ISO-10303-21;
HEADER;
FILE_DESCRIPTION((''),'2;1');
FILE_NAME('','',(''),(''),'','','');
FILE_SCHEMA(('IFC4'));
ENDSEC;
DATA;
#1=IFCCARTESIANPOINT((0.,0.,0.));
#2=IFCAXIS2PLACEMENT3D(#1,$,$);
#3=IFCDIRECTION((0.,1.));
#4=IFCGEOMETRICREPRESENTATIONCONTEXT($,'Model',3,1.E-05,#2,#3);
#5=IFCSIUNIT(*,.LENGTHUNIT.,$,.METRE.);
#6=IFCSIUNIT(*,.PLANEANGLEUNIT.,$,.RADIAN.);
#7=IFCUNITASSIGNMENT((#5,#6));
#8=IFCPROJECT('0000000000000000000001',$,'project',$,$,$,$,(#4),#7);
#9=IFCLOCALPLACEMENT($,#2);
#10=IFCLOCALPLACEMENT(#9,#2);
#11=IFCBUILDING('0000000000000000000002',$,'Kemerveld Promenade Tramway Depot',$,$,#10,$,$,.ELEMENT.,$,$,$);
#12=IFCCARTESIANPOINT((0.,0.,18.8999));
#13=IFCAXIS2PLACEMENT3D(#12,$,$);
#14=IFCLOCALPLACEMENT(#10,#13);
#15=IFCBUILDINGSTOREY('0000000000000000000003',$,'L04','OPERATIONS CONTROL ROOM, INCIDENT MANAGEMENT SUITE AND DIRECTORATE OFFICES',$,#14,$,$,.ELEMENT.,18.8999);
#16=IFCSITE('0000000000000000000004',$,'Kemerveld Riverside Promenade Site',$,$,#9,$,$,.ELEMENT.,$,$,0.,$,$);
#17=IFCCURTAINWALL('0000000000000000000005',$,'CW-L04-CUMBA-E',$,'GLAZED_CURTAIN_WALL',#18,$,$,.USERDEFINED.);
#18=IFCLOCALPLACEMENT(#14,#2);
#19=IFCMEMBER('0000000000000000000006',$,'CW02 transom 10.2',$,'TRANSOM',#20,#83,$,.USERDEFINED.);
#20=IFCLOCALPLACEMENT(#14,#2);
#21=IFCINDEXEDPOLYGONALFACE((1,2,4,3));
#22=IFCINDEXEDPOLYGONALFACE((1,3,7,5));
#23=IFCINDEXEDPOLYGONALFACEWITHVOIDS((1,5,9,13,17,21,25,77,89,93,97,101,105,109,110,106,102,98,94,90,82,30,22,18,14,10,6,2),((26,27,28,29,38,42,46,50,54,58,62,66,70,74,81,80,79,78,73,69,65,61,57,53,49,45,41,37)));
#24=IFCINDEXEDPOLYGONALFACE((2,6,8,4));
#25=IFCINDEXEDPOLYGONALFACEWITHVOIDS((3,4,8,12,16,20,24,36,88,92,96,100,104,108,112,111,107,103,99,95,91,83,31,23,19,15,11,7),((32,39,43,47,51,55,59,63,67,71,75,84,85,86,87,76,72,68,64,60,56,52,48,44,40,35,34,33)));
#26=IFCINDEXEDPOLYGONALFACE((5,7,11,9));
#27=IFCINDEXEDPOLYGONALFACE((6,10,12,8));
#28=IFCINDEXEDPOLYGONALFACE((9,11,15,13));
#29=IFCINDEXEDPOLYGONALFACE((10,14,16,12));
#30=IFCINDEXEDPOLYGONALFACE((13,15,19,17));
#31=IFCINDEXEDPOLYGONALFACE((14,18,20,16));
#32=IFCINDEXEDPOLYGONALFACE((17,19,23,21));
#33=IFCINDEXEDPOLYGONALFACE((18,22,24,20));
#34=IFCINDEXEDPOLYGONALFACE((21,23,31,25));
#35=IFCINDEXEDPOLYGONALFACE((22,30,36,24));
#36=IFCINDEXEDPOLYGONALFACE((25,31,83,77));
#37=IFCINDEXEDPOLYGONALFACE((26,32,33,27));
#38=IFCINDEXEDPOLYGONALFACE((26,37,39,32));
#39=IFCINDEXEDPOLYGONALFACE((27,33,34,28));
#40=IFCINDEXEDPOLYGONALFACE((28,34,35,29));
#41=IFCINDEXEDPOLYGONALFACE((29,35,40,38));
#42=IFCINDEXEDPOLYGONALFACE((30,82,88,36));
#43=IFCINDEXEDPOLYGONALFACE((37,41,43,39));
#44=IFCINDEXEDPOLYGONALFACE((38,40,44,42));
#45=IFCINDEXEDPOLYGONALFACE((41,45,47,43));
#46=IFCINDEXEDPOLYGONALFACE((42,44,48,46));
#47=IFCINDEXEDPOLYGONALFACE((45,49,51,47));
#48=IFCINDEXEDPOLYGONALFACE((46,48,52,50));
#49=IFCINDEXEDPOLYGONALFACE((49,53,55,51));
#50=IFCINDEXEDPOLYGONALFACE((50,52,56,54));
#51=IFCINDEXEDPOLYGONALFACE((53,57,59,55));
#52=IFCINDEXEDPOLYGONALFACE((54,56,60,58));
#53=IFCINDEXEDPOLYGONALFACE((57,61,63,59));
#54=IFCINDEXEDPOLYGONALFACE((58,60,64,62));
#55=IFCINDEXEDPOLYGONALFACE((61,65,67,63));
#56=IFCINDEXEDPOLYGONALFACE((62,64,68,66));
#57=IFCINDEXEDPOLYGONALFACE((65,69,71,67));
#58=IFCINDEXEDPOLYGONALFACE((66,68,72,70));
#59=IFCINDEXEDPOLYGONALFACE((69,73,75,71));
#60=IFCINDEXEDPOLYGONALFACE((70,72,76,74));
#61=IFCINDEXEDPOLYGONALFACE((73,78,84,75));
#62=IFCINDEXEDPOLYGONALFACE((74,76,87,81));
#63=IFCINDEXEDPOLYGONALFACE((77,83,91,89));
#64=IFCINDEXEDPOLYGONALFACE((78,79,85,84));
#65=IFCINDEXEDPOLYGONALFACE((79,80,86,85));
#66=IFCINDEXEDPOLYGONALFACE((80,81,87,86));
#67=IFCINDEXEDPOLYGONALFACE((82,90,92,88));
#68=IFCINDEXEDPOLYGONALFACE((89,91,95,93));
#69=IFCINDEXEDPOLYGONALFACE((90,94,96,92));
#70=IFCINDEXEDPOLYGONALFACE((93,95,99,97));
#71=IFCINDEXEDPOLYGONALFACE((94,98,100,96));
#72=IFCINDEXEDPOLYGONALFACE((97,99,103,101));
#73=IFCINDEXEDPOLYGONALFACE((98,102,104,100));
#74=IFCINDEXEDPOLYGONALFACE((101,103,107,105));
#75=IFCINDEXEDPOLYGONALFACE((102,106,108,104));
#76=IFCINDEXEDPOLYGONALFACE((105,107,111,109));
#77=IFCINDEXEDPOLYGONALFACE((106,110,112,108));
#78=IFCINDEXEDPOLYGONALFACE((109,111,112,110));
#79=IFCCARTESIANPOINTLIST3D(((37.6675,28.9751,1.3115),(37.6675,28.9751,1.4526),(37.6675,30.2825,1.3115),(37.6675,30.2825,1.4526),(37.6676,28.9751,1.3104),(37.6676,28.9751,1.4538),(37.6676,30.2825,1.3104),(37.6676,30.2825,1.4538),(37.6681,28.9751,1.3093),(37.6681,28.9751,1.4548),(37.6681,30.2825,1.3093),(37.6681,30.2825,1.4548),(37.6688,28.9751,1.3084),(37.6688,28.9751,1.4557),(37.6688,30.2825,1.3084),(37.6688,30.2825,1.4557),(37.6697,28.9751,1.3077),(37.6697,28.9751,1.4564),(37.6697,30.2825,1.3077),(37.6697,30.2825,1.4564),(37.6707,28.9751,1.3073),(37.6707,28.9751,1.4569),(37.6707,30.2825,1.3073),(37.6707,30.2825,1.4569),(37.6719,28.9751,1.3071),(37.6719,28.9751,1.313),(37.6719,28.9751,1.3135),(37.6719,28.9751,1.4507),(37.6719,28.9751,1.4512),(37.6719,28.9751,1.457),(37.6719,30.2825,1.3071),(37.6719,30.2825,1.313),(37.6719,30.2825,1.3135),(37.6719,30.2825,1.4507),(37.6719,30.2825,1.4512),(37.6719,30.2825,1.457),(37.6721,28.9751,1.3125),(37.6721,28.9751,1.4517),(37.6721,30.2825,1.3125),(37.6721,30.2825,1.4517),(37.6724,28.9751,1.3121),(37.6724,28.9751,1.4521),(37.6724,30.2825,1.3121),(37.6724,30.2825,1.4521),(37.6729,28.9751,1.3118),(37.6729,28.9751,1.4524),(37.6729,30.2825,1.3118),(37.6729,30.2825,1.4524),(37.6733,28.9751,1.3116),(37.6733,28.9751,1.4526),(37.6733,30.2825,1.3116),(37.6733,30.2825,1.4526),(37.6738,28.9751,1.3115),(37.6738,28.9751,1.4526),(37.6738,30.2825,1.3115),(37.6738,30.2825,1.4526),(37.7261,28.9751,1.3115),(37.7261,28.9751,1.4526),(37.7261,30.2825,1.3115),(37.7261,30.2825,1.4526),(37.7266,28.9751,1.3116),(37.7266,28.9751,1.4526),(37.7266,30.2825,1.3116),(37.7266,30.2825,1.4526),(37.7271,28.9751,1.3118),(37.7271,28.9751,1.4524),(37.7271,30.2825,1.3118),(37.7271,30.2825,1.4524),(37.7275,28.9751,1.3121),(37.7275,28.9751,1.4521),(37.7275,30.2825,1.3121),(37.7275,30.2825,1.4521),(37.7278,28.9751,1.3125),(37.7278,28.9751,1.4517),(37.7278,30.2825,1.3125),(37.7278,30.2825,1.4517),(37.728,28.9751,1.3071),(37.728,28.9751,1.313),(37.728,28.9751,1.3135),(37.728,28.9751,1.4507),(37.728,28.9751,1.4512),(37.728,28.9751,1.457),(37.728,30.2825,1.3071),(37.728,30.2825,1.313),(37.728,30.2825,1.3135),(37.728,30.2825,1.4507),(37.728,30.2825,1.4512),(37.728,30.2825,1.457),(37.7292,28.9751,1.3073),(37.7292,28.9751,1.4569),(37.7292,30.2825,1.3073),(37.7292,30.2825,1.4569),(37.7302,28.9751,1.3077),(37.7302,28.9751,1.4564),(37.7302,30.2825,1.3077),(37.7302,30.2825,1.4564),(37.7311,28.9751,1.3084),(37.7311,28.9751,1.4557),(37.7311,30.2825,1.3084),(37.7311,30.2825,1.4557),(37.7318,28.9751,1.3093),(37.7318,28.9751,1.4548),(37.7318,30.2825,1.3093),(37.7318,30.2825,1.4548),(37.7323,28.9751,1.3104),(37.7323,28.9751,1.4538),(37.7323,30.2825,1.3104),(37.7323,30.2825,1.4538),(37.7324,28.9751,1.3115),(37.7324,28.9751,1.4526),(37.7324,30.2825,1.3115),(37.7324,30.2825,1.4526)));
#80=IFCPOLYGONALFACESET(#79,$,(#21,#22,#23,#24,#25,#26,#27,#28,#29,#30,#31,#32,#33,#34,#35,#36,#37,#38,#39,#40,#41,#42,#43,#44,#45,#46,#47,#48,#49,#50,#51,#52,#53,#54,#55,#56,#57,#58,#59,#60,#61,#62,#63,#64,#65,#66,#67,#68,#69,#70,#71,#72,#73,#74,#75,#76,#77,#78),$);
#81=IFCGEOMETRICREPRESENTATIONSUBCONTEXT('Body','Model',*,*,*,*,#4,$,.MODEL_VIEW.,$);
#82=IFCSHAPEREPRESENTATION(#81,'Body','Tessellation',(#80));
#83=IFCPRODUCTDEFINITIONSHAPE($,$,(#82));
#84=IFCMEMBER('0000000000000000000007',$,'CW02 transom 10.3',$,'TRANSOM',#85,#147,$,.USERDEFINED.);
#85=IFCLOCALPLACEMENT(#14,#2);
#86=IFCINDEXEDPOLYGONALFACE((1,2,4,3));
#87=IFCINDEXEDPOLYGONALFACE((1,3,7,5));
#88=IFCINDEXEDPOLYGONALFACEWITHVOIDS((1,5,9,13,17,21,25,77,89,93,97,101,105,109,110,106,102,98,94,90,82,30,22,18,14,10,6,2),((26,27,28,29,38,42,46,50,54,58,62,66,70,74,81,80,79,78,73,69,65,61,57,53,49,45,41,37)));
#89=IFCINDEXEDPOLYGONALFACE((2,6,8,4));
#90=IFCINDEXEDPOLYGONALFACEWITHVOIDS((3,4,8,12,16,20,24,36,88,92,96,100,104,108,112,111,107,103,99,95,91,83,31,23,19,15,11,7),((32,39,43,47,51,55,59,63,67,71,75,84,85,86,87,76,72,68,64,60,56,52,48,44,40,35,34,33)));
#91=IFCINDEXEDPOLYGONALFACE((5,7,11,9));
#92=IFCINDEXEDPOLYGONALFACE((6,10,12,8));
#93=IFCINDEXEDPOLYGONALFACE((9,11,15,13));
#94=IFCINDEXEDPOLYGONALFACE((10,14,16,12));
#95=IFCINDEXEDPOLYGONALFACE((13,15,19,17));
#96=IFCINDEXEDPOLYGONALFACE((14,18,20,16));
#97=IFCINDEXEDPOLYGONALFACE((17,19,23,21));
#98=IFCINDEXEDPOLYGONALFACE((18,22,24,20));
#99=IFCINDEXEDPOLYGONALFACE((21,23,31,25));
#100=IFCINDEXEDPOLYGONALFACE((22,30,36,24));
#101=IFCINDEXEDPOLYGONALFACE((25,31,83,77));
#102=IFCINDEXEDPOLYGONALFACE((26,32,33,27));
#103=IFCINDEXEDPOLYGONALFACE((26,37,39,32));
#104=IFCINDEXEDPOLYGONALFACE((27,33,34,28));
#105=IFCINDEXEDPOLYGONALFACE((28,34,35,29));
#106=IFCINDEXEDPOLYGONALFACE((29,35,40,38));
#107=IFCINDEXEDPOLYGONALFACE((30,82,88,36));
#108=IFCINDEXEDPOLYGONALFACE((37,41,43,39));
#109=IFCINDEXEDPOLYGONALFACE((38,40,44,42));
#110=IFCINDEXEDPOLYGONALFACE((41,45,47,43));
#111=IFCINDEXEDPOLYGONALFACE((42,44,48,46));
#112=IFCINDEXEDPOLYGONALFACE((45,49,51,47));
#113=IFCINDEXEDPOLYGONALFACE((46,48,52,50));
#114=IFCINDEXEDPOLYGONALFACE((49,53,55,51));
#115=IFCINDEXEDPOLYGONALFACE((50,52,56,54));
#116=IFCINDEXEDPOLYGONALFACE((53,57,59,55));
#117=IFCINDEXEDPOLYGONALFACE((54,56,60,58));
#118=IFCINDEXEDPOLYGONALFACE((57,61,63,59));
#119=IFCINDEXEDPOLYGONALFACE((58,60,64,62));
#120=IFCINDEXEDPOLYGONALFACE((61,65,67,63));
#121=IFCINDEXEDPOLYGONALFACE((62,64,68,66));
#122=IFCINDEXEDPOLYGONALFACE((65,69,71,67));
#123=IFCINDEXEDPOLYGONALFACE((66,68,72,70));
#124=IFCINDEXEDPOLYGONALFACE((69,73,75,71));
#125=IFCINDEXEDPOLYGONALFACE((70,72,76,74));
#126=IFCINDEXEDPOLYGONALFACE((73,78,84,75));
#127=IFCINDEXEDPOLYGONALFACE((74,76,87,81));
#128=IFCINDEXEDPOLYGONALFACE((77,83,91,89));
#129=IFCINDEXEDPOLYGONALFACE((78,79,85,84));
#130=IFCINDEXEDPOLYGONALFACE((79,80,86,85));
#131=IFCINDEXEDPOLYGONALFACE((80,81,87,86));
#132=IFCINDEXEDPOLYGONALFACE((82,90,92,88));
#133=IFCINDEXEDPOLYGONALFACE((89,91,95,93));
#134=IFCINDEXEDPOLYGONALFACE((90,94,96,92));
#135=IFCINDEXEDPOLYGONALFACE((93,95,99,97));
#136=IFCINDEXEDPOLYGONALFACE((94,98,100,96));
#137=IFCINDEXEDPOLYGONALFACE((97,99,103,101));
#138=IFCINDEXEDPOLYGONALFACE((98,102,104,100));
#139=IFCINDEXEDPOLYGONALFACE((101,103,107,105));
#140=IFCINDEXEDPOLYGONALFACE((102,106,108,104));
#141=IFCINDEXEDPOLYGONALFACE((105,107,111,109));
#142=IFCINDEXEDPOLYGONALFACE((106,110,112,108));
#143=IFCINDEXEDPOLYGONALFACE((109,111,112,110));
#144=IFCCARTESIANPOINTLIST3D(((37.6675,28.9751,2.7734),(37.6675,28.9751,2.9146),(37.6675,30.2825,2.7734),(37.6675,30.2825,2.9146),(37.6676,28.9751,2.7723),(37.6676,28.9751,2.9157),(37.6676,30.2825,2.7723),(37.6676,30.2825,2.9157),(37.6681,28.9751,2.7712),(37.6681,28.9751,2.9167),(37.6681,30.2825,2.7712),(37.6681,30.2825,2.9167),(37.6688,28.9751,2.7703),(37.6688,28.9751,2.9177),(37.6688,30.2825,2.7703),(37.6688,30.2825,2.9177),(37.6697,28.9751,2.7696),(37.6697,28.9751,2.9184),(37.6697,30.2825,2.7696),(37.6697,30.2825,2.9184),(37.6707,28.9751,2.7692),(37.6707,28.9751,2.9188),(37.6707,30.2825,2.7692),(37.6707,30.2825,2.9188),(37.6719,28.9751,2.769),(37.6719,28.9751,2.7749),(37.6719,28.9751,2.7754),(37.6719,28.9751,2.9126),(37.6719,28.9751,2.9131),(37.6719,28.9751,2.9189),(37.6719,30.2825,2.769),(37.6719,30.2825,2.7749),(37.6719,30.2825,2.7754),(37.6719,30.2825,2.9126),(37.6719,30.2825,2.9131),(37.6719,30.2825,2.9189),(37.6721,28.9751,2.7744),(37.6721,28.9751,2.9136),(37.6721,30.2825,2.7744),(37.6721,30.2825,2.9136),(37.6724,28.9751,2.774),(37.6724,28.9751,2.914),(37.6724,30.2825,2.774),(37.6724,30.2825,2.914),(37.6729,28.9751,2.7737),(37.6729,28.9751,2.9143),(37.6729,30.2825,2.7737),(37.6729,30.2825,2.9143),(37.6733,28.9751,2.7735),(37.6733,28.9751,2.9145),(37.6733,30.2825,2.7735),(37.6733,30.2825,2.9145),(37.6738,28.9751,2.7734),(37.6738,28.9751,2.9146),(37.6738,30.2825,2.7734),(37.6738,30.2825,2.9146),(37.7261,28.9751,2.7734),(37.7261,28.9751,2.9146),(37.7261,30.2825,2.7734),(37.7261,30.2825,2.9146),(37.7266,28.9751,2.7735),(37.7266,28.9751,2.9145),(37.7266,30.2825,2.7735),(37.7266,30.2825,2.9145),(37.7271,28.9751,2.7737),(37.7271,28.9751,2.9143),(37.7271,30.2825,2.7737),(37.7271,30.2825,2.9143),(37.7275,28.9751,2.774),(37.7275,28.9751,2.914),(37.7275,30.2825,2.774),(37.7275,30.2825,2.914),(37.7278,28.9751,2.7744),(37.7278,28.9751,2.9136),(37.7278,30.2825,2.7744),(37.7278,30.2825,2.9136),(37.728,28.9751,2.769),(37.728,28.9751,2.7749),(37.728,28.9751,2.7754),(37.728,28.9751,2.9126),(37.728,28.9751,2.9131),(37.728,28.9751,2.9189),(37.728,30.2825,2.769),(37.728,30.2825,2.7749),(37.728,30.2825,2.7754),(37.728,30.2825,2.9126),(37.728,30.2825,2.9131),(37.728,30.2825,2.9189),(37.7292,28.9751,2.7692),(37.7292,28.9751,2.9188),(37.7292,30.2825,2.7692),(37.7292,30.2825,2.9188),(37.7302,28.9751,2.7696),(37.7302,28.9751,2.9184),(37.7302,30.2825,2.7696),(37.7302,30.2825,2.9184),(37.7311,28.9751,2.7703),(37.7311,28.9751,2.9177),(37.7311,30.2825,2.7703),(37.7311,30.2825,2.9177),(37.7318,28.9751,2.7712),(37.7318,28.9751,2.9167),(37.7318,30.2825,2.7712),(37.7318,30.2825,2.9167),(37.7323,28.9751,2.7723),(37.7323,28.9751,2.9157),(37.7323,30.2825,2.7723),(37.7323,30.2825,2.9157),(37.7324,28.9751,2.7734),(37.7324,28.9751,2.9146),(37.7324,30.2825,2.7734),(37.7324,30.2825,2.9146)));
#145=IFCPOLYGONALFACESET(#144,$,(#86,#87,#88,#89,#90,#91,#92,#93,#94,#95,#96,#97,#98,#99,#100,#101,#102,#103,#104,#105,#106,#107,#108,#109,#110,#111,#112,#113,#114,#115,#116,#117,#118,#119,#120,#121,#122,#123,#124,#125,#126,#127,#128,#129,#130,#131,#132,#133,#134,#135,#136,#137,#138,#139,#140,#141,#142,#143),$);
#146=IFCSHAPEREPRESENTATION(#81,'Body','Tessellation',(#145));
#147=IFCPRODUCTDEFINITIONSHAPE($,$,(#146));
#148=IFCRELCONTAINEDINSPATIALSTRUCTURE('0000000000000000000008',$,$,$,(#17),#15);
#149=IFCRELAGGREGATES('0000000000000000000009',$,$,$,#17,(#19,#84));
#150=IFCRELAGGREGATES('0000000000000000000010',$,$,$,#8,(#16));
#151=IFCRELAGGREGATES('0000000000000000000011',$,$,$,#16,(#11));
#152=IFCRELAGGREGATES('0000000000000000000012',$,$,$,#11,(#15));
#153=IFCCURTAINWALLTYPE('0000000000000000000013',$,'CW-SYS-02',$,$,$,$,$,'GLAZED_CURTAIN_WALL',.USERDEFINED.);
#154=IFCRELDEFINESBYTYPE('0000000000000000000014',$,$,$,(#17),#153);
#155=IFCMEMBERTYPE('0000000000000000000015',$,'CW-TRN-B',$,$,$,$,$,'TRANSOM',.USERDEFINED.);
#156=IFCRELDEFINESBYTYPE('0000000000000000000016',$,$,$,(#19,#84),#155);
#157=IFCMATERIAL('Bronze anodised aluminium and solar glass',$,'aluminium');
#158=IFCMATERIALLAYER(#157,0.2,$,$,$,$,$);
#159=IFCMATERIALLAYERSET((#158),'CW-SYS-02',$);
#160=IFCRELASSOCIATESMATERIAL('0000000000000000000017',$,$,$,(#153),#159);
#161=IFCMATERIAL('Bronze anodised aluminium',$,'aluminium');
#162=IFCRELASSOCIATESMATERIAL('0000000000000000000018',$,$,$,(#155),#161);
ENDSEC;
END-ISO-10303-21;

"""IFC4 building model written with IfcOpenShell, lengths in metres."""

from ifc_helpers import new_model, si_unit, direction, frame, origin, origin_2d, place, context, subcontext, project, spatial, hollow_rectangle, extrude, material, layer, layer_set, material_profile, profile_set, type_object, element, aggregate, save


model = new_model("IFC4")

# Units and contexts
model_context = context("Model", 3, precision=1e-05, world=origin(), true_north=direction((0.0, 1.0)))
body_context = subcontext(model_context, "Body", "Model", "MODEL_VIEW")
ifc_project = project(units=[si_unit("LENGTHUNIT", "METRE"), si_unit("PLANEANGLEUNIT", "RADIAN")], contexts=[model_context])

# Site, building, storey
site_placement = place(None, origin())
site = spatial("IfcSite", under=ifc_project, at=site_placement, Name="Kemerveld Riverside Promenade Site", CompositionType="ELEMENT", RefElevation=0.0)
building_placement = place(site_placement, origin())
building = spatial("IfcBuilding", under=site, at=building_placement, Name="Kemerveld Promenade Tramway Depot", CompositionType="ELEMENT")
storey_placement = place(building_placement, frame((0.0, 0.0, 18.8999)))
storey = spatial("IfcBuildingStorey", under=building, at=storey_placement, Name="L04", Description="OPERATIONS CONTROL ROOM, INCIDENT MANAGEMENT SUITE AND DIRECTORATE OFFICES", CompositionType="ELEMENT", Elevation=18.8999)

# Curtain wall
ifc_material_1 = material(Name="Bronze anodised aluminium and solar glass", Category="aluminium")
ifc_layer_1 = layer(ifc_material_1, 0.2)
ifc_layer_set_1 = layer_set([ifc_layer_1], Name="CW-SYS-02")
curtain_wall_type_1 = type_object("IfcCurtainWallType", Name="CW-SYS-02", ElementType="GLAZED_CURTAIN_WALL", PredefinedType="USERDEFINED", material=ifc_layer_set_1)
curtain_wall_1_placement = place(storey_placement, origin())
curtain_wall_1 = element("IfcCurtainWall", 1, at=curtain_wall_1_placement, inside=storey, type_object=curtain_wall_type_1, Name="CW-L04-CUMBA-E", ObjectType="GLAZED_CURTAIN_WALL", PredefinedType="USERDEFINED")
ifc_material_2 = material(Name="Bronze anodised aluminium", Category="aluminium")

# Members
ifc_material_profile_1 = material_profile(ifc_material_2, hollow_rectangle(XDim=0.0649, YDim=0.1499, WallThickness=0.0044, InnerFilletRadius=0.002, OuterFilletRadius=0.0044, at=origin_2d()), Name="CW-TRN-150x65")
ifc_profile_set_1 = profile_set([ifc_material_profile_1], Name="Bronze anodised aluminium")
member_type_1 = type_object("IfcMemberType", Name="CW-TRN-B", ElementType="TRANSOM", PredefinedType="USERDEFINED", material=ifc_profile_set_1)
member_1_placement = place(storey_placement, frame((37.7, 30.2825, 1.3821), z_axis=(0.0, -1.0, 0.0), x_axis=(1.0, 0.0, 0.0)))
member_1 = element("IfcMember", 2, at=member_1_placement, type_object=member_type_1, Name="CW02 transom 10.2", ObjectType="TRANSOM", PredefinedType="USERDEFINED", context=body_context, shape_type="SweptSolid", body=[
    extrude(hollow_rectangle(XDim=0.0649, YDim=0.1499, WallThickness=0.0044, InnerFilletRadius=0.002, OuterFilletRadius=0.0044, at=origin_2d()), origin(), (0.0, 0.0, 1.0), 1.3074),
])
member_2_placement = place(storey_placement, frame((37.7, 30.2825, 2.844), z_axis=(0.0, -1.0, 0.0), x_axis=(1.0, 0.0, 0.0)))
member_2 = element("IfcMember", 3, at=member_2_placement, type_object=member_type_1, Name="CW02 transom 10.3", ObjectType="TRANSOM", PredefinedType="USERDEFINED", context=body_context, shape_type="SweptSolid", body=[
    extrude(hollow_rectangle(XDim=0.0649, YDim=0.1499, WallThickness=0.0044, InnerFilletRadius=0.002, OuterFilletRadius=0.0044, at=origin_2d()), origin(), (0.0, 0.0, 1.0), 1.3074),
])

aggregate(curtain_wall_1, [member_1, member_2])

save(model, "model.ifc")
